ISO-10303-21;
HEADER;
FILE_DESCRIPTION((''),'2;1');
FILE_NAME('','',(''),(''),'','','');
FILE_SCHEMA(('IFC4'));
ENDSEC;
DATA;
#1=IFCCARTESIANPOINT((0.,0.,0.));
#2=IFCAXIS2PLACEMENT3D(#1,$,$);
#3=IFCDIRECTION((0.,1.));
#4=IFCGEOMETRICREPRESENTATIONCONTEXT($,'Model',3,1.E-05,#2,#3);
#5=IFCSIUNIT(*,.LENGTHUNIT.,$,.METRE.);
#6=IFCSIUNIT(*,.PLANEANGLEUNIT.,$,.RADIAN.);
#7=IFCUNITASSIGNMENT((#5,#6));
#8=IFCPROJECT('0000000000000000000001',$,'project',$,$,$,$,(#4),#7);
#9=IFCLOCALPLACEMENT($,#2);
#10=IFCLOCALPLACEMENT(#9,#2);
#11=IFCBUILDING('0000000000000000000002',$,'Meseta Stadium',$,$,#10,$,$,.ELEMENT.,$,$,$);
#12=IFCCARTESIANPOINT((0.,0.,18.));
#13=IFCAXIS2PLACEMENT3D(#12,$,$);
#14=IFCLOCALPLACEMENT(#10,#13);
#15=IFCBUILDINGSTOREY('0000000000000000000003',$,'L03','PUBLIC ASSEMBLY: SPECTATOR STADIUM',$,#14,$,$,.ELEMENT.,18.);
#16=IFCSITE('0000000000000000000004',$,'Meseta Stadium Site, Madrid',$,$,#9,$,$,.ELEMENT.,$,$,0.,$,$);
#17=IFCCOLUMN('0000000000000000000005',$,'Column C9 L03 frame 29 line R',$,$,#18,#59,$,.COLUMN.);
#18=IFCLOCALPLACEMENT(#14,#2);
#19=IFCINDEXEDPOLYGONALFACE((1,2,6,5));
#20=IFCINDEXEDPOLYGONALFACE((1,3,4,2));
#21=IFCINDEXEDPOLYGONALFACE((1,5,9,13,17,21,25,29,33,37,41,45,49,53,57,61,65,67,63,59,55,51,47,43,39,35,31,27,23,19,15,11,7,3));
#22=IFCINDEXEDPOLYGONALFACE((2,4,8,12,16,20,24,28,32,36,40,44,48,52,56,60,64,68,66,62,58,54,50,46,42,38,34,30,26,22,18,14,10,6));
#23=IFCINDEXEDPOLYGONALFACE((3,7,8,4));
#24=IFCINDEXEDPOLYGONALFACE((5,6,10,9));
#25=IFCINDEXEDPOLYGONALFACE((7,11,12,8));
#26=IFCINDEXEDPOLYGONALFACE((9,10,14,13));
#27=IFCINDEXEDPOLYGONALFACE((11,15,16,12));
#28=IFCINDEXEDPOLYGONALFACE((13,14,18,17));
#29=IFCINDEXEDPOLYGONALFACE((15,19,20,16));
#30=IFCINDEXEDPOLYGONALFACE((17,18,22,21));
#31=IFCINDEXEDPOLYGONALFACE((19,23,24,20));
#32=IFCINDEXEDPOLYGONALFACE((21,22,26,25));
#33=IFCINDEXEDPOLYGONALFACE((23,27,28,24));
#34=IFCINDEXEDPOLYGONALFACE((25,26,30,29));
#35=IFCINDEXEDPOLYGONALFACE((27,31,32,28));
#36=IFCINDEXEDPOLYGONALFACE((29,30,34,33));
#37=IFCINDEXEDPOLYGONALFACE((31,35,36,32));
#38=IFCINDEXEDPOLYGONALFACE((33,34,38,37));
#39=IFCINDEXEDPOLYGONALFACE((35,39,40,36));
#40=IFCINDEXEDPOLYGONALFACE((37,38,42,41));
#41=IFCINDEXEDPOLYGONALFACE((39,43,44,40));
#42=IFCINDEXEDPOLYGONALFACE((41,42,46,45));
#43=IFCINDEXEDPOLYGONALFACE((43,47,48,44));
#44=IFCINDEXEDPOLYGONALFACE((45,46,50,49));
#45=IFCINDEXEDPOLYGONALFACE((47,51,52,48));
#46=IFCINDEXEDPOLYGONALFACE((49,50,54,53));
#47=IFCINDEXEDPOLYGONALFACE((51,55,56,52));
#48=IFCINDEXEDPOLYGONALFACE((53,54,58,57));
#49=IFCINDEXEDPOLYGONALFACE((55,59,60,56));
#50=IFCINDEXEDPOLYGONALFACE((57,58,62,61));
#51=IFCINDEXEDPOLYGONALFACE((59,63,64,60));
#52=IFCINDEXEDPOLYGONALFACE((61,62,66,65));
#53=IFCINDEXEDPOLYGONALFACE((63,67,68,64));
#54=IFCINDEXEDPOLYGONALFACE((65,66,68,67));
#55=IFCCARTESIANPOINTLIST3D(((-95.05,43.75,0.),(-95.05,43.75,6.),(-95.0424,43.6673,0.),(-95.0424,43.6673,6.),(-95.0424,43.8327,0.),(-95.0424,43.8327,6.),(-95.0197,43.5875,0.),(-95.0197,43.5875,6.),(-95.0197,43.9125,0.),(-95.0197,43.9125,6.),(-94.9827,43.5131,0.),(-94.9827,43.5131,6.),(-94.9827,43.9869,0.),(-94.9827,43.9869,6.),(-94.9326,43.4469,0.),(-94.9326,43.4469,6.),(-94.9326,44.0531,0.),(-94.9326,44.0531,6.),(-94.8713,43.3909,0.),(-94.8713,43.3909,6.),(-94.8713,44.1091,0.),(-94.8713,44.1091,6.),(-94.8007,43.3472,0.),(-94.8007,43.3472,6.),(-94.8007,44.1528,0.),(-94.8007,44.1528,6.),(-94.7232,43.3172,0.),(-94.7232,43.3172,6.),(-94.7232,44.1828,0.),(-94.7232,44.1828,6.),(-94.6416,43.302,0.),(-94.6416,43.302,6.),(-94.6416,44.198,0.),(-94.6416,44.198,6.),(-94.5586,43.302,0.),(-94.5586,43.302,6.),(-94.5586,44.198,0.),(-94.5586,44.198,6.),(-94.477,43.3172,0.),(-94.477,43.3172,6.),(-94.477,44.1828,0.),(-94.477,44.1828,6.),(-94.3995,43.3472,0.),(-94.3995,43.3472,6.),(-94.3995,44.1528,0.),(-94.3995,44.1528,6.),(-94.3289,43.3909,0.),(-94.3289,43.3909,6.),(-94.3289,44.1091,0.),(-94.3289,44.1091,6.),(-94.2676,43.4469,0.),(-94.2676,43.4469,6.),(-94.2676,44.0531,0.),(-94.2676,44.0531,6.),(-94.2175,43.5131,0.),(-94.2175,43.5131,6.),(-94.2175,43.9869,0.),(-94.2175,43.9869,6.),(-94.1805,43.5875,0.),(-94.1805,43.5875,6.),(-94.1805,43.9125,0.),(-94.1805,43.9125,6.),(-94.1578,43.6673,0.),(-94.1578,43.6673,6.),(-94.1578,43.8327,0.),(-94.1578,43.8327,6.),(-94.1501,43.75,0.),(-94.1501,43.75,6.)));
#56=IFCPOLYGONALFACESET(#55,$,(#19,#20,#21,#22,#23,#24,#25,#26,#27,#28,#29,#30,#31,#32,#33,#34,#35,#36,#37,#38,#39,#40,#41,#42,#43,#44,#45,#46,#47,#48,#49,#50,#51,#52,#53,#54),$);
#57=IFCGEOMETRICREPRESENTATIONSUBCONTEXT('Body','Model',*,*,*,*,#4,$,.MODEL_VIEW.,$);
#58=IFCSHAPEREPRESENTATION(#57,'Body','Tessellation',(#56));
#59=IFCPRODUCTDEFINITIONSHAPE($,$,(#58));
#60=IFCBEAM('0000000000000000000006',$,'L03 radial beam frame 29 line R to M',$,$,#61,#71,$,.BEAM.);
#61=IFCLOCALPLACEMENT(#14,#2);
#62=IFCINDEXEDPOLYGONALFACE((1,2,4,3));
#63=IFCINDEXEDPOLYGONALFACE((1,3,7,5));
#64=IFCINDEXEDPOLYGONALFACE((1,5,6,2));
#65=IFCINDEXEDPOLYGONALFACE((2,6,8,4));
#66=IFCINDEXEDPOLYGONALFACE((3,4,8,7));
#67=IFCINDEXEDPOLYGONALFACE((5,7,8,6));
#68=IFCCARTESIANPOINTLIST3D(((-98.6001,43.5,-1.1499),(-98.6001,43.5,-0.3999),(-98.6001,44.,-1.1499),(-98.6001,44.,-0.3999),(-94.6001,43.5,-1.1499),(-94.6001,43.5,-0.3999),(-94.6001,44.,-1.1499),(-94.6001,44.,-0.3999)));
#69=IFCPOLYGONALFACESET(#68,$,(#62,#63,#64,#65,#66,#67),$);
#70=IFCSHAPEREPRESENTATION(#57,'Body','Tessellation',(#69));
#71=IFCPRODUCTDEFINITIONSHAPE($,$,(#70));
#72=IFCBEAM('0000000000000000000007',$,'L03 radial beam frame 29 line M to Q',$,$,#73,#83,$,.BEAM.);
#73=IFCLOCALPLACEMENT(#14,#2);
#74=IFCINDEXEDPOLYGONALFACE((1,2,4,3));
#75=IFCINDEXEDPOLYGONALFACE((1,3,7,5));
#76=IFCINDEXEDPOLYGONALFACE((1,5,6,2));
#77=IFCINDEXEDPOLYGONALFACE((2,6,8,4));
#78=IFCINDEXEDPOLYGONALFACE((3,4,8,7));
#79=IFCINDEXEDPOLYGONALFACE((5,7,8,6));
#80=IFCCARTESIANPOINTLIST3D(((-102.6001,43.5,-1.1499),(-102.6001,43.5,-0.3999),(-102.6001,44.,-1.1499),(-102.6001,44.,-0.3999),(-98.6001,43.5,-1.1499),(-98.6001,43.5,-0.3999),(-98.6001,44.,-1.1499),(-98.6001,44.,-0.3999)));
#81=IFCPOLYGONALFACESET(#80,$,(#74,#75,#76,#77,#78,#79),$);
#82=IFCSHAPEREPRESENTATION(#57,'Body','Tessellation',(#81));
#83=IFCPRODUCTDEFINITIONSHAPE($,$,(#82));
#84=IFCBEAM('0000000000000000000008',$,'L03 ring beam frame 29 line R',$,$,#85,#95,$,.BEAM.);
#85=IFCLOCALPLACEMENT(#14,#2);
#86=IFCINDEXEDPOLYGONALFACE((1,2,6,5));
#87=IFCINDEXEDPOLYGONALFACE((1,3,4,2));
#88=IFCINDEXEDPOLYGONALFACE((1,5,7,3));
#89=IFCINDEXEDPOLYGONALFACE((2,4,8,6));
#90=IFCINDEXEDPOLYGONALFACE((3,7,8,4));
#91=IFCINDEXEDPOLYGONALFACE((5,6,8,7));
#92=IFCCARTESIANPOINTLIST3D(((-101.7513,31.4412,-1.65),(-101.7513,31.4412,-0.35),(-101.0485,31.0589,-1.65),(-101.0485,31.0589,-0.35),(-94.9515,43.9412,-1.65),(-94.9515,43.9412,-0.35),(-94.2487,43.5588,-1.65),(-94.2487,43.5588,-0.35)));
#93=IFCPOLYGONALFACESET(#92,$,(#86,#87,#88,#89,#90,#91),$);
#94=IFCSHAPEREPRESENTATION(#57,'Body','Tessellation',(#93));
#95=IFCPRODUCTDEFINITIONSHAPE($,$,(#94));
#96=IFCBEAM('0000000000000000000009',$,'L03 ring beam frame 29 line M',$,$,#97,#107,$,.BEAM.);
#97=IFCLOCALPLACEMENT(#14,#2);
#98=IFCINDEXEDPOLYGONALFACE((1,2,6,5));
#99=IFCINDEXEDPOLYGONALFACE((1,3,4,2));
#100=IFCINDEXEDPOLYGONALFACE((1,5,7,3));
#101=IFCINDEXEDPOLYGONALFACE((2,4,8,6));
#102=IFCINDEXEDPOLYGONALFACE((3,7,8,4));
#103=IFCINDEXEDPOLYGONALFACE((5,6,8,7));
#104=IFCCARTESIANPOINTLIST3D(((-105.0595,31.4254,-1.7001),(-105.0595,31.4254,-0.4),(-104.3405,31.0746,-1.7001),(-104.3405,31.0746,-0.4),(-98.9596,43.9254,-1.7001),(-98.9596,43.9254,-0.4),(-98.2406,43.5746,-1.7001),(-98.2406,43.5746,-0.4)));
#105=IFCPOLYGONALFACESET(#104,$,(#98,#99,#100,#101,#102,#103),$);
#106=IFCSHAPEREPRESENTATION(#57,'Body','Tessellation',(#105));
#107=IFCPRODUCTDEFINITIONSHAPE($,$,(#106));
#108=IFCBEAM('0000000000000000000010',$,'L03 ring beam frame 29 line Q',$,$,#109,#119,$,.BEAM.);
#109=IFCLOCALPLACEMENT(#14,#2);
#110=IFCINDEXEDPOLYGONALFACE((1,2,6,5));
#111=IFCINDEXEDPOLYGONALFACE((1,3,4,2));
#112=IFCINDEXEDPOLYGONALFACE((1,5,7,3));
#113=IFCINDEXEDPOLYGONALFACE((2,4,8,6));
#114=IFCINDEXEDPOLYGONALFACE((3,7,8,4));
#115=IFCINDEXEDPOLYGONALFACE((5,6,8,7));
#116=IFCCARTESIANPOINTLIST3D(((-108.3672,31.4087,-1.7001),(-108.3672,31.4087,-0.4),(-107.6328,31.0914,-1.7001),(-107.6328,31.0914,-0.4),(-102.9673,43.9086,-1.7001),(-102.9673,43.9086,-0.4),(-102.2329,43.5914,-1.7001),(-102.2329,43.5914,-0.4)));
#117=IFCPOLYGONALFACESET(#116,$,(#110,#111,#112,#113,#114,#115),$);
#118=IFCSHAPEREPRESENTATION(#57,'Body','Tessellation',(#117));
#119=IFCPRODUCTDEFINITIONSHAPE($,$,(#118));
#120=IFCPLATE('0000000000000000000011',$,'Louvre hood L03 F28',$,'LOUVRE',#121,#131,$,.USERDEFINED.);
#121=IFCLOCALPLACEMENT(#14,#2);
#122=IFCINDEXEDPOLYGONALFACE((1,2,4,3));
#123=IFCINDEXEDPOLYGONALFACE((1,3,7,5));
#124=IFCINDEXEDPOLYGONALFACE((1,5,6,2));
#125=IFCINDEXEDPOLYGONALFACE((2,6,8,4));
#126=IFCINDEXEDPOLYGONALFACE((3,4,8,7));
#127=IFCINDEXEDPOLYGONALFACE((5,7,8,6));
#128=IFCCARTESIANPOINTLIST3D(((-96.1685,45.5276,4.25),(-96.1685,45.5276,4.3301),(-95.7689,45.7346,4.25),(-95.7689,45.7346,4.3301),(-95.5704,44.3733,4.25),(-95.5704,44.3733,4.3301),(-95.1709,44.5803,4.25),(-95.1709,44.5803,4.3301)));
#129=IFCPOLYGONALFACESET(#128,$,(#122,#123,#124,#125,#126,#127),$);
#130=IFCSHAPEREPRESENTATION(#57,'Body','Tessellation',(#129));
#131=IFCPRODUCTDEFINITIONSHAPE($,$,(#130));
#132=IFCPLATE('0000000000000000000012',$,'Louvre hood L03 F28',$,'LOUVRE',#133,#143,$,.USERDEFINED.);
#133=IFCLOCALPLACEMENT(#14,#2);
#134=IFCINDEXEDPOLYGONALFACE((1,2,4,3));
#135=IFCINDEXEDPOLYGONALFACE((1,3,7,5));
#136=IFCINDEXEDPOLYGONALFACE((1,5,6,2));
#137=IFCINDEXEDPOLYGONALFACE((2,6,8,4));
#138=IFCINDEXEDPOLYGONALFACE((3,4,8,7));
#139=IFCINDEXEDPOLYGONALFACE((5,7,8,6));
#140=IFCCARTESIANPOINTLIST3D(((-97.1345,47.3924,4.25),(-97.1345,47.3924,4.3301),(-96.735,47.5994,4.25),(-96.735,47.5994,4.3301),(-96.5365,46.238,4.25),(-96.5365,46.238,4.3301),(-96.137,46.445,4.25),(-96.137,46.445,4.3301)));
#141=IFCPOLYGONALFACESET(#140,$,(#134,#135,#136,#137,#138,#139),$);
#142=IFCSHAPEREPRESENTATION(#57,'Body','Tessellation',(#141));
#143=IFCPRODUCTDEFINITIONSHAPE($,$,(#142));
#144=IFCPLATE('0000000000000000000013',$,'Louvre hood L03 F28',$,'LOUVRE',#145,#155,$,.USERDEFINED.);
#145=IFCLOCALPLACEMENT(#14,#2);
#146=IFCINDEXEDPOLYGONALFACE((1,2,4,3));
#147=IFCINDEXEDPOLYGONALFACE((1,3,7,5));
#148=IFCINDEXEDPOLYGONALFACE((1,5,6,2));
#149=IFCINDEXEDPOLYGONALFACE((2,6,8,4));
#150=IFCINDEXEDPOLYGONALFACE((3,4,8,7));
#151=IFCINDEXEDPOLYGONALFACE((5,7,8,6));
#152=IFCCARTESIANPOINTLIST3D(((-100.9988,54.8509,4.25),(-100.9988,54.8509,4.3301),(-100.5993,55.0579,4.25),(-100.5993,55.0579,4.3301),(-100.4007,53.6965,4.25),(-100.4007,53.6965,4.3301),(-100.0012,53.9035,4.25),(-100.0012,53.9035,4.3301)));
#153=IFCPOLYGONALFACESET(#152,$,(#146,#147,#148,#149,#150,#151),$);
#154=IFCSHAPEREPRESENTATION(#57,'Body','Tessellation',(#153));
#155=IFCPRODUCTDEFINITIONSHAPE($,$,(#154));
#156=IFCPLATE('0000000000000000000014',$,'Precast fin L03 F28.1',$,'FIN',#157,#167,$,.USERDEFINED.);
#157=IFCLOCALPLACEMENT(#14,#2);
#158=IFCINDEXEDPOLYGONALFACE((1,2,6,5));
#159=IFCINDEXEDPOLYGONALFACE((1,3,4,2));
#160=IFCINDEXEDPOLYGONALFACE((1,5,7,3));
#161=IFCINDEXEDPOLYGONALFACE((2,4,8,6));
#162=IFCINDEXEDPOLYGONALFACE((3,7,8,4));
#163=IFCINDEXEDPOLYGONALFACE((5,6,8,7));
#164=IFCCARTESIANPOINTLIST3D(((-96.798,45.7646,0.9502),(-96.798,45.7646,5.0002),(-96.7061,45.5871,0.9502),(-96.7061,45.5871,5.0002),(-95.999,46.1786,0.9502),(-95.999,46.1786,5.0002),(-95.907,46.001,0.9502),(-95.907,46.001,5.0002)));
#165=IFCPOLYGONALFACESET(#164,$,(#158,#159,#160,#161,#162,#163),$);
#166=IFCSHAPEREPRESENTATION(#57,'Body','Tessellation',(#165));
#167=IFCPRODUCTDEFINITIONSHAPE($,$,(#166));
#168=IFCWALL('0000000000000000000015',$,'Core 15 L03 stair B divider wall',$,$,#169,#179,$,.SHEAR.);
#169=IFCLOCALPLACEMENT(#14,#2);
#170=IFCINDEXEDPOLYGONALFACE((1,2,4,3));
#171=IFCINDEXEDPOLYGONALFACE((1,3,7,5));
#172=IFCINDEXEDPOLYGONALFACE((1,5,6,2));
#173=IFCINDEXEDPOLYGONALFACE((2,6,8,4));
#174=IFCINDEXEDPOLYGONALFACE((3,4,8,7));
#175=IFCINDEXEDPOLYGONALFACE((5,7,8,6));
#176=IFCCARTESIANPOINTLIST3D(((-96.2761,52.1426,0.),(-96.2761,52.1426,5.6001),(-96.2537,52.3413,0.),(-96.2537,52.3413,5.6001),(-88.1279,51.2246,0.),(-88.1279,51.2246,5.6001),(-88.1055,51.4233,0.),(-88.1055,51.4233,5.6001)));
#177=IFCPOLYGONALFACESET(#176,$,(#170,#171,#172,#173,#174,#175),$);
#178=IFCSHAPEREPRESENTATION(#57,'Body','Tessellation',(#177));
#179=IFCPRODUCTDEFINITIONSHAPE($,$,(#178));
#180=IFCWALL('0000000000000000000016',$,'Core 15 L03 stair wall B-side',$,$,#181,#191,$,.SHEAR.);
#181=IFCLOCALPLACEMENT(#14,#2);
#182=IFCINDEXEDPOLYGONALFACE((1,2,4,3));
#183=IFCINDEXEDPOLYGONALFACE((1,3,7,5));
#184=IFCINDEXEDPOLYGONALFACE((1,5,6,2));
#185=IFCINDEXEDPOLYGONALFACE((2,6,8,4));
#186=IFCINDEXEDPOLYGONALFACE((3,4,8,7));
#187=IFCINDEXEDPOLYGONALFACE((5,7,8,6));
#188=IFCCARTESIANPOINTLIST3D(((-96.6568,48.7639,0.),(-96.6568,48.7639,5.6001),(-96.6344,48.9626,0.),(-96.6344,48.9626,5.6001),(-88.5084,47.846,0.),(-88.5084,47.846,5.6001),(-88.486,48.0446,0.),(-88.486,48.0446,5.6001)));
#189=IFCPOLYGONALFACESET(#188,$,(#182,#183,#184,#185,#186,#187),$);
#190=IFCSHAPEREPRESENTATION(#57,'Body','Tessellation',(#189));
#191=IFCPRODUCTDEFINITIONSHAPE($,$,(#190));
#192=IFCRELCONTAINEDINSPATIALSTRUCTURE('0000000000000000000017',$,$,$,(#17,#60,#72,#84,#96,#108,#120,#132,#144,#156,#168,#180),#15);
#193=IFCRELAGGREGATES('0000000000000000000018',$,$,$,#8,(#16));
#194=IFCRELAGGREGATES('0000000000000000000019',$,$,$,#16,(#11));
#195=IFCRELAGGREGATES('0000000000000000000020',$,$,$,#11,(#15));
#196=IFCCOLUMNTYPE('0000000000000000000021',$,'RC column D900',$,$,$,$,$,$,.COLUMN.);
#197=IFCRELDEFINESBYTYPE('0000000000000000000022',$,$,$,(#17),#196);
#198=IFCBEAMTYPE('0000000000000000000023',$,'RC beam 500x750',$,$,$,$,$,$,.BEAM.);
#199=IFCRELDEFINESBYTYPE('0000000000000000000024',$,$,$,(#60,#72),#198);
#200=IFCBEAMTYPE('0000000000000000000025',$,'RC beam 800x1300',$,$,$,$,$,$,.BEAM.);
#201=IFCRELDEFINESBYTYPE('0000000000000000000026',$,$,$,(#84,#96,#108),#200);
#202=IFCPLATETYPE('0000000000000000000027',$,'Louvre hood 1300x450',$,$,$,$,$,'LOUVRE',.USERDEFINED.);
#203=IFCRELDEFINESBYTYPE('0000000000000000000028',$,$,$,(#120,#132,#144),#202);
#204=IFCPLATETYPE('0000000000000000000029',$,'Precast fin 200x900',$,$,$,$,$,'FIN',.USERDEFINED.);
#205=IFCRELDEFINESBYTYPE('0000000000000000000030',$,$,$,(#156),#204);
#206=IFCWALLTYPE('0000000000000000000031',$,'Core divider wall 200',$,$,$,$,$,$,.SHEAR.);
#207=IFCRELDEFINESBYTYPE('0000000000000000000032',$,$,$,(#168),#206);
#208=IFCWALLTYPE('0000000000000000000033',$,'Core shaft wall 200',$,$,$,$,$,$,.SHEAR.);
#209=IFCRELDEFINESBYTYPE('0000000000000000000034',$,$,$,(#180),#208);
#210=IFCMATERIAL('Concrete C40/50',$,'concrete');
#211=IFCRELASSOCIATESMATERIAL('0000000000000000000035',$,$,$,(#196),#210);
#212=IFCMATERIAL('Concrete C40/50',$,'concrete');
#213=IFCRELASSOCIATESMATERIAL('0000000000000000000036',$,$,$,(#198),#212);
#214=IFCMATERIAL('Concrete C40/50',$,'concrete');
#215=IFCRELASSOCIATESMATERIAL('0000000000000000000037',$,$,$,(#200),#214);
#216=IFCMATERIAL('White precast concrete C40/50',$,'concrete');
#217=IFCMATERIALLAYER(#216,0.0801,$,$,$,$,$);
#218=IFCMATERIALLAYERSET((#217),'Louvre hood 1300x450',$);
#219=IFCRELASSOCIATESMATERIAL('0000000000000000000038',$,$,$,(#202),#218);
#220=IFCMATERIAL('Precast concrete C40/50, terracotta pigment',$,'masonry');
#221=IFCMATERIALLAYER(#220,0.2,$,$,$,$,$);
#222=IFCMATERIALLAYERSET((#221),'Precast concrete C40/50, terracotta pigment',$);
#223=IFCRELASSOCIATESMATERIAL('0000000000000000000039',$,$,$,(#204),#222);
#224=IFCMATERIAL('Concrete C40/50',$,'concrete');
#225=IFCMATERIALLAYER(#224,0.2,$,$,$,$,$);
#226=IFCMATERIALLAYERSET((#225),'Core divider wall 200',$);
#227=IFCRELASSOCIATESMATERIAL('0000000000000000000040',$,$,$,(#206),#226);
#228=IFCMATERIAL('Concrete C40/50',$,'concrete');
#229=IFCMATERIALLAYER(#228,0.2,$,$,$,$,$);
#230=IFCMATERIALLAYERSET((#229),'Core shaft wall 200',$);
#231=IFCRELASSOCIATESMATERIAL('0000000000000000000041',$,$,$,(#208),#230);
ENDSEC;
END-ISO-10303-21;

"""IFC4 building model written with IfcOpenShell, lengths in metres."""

from ifc_helpers import new_model, si_unit, direction, frame, frame_2d, origin, origin_2d, place, context, subcontext, project, spatial, rectangle, circle, extrude, material, layer, layer_set, material_profile, profile_set, type_object, element, save


model = new_model("IFC4")

# Units and contexts
model_context = context("Model", 3, precision=1e-05, world=origin(), true_north=direction((0.0, 1.0)))
body_context = subcontext(model_context, "Body", "Model", "MODEL_VIEW")
ifc_project = project(units=[si_unit("LENGTHUNIT", "METRE"), si_unit("PLANEANGLEUNIT", "RADIAN")], contexts=[model_context])

# Site, building, storey
site_placement = place(None, origin())
site = spatial("IfcSite", under=ifc_project, at=site_placement, Name="Meseta Stadium Site, Madrid", CompositionType="ELEMENT", RefElevation=0.0)
building_placement = place(site_placement, origin())
building = spatial("IfcBuilding", under=site, at=building_placement, Name="Meseta Stadium", CompositionType="ELEMENT")
storey_placement = place(building_placement, frame((0.0, 0.0, 18.0)))
storey = spatial("IfcBuildingStorey", under=building, at=storey_placement, Name="L03", Description="PUBLIC ASSEMBLY: SPECTATOR STADIUM", CompositionType="ELEMENT", Elevation=18.0)

# Column
ifc_material_1 = material(Name="Concrete C40/50", Category="concrete")
ifc_material_profile_1 = material_profile(ifc_material_1, circle(Radius=0.45, at=origin_2d()), Name="RC D900")
ifc_profile_set_1 = profile_set([ifc_material_profile_1], Name="Concrete C40/50")
column_type = type_object("IfcColumnType", Name="RC column D900", PredefinedType="COLUMN", material=ifc_profile_set_1)
column_placement = place(storey_placement, frame((-94.6001, 43.75, 0.0), z_axis=(0.0, 0.0, 1.0), x_axis=(1.0, 0.0, 0.0)))
element("IfcColumn", 1, at=column_placement, inside=storey, type_object=column_type, Name="Column C9 L03 frame 29 line R", PredefinedType="COLUMN", context=body_context, shape_type="SweptSolid", body=[
    extrude(circle(Radius=0.45, at=origin_2d()), origin(), (0.0, 0.0, 1.0), 6.0),
])

# Beams
ifc_material_2 = material(Name="Concrete C40/50", Category="concrete")
ifc_material_profile_2 = material_profile(ifc_material_2, rectangle(XDim=0.5, YDim=0.75, at=origin_2d()), Name="RC 500x750")
ifc_profile_set_2 = profile_set([ifc_material_profile_2], Name="Concrete C40/50")
beam_type_1 = type_object("IfcBeamType", Name="RC beam 500x750", PredefinedType="BEAM", material=ifc_profile_set_2)
for number, where, z_axis, x_axis, name in (
    (2, (-94.6001, 43.75, -0.7749), (-1.0, 0.0, 0.0), (0.0, -1.0, 0.0), "L03 radial beam frame 29 line R to M"),
    (3, (-98.6001, 43.75, -0.7749), (-1.0, 0.0, 0.0), (0.0, -1.0, 0.0), "L03 radial beam frame 29 line M to Q"),
):
    element("IfcBeam", number, at=place(storey_placement, frame(where, z_axis=z_axis, x_axis=x_axis)), inside=storey, type_object=beam_type_1, Name=name, PredefinedType="BEAM", context=body_context, shape_type="SweptSolid", body=[
        extrude(rectangle(XDim=0.5, YDim=0.75, at=origin_2d()), origin(), (0.0, 0.0, 1.0), 4.0),
    ])
ifc_material_3 = material(Name="Concrete C40/50", Category="concrete")
ifc_material_profile_3 = material_profile(ifc_material_3, rectangle(XDim=0.8, YDim=1.3, at=origin_2d()), Name="RC 800x1300")
ifc_profile_set_3 = profile_set([ifc_material_profile_3], Name="Concrete C40/50")
beam_type_2 = type_object("IfcBeamType", Name="RC beam 800x1300", PredefinedType="BEAM", material=ifc_profile_set_3)
beam_1_placement = place(storey_placement, frame((-94.6001, 43.75, -1.0), z_axis=(-0.477856, -0.878438, 0.0), x_axis=(0.878438, -0.477856, 0.0)))
element("IfcBeam", 4, at=beam_1_placement, inside=storey, type_object=beam_type_2, Name="L03 ring beam frame 29 line R", PredefinedType="BEAM", context=body_context, shape_type="SweptSolid", body=[
    extrude(rectangle(XDim=0.8, YDim=1.3, at=origin_2d()), origin(), (0.0, 0.0, 1.0), 14.2297),
])
beam_2_placement = place(storey_placement, frame((-98.6001, 43.75, -1.05), z_axis=(-0.438557, -0.898703, 0.0), x_axis=(0.898703, -0.438557, 0.0)))
element("IfcBeam", 5, at=beam_2_placement, inside=storey, type_object=beam_type_2, Name="L03 ring beam frame 29 line M", PredefinedType="BEAM", context=body_context, shape_type="SweptSolid", body=[
    extrude(rectangle(XDim=0.8, YDim=1.3, at=origin_2d()), origin(), (0.0, 0.0, 1.0), 13.9089),
])
beam_3_placement = place(storey_placement, frame((-102.6001, 43.75, -1.05), z_axis=(-0.396571, -0.918004, 0.0), x_axis=(0.918004, -0.396571, 0.0)))
element("IfcBeam", 6, at=beam_3_placement, inside=storey, type_object=beam_type_2, Name="L03 ring beam frame 29 line Q", PredefinedType="BEAM", context=body_context, shape_type="SweptSolid", body=[
    extrude(rectangle(XDim=0.8, YDim=1.3, at=origin_2d()), origin(), (0.0, 0.0, 1.0), 13.6165),
])

# Plates
ifc_material_4 = material(Name="White precast concrete C40/50", Category="concrete")
ifc_layer_1 = layer(ifc_material_4, 0.0801)
ifc_layer_set_1 = layer_set([ifc_layer_1], Name="Louvre hood 1300x450")
plate_type_1 = type_object("IfcPlateType", Name="Louvre hood 1300x450", ElementType="LOUVRE", PredefinedType="USERDEFINED", material=ifc_layer_set_1)
for number, where, z_axis, x_axis, name in (
    (7, (-95.6697, 45.054, 4.25), (0.0, 0.0, 1.0), (0.460016, -0.887911, 0.0), "Louvre hood L03 F28"),
    (8, (-96.6357, 46.9187, 4.25), (0.0, 0.0, 1.0), (0.460016, -0.887911, 0.0), "Louvre hood L03 F28"),
    (9, (-100.5, 54.3772, 4.25), (0.0, 0.0, 1.0), (0.460016, -0.887911, 0.0), "Louvre hood L03 F28"),
):
    element("IfcPlate", number, at=place(storey_placement, frame(where, z_axis=z_axis, x_axis=x_axis)), inside=storey, type_object=plate_type_1, Name=name, ObjectType="LOUVRE", PredefinedType="USERDEFINED", context=body_context, shape_type="SweptSolid", body=[
        extrude(rectangle(XDim=1.3, YDim=0.45, at=origin_2d()), origin(), (0.0, 0.0, 1.0), 0.0801),
    ])
ifc_material_5 = material(Name="Precast concrete C40/50, terracotta pigment", Category="masonry")
ifc_layer_2 = layer(ifc_material_5, 0.2)
ifc_layer_set_2 = layer_set([ifc_layer_2], Name="Precast concrete C40/50, terracotta pigment")
plate_type_2 = type_object("IfcPlateType", Name="Precast fin 200x900", ElementType="FIN", PredefinedType="USERDEFINED", material=ifc_layer_set_2)
plate_placement = place(storey_placement, frame((-96.3525, 45.8828, 0.9502), z_axis=(0.0, 0.0, 1.0), x_axis=(-0.460015, 0.887911, 0.0)))
element("IfcPlate", 10, at=plate_placement, inside=storey, type_object=plate_type_2, Name="Precast fin L03 F28.1", ObjectType="FIN", PredefinedType="USERDEFINED", context=body_context, shape_type="SweptSolid", body=[
    extrude(rectangle(XDim=0.2, YDim=0.8999, at=origin_2d()), origin(), (0.0, 0.0, 1.0), 4.05),
])

# Walls
ifc_material_6 = material(Name="Concrete C40/50", Category="concrete")
ifc_layer_3 = layer(ifc_material_6, 0.2)
ifc_layer_set_3 = layer_set([ifc_layer_3], Name="Core divider wall 200")
wall_type_1 = type_object("IfcWallType", Name="Core divider wall 200", PredefinedType="SHEAR", material=ifc_layer_set_3)
wall_1_placement = place(storey_placement, frame((-96.2649, 52.2419, 0.0), z_axis=(0.0, 0.0, 1.0), x_axis=(0.993714, -0.111951, 0.0)))
element("IfcWall", 11, at=wall_1_placement, inside=storey, type_object=wall_type_1, Name="Core 15 L03 stair B divider wall", PredefinedType="SHEAR", context=body_context, shape_type="SweptSolid", body=[
    extrude(rectangle(XDim=8.1997, YDim=0.2, at=frame_2d((4.0999, 0.0))), origin(), (0.0, 0.0, 1.0), 5.6001),
])
ifc_material_7 = material(Name="Concrete C40/50", Category="concrete")
ifc_layer_4 = layer(ifc_material_7, 0.2)
ifc_layer_set_4 = layer_set([ifc_layer_4], Name="Core shaft wall 200")
wall_type_2 = type_object("IfcWallType", Name="Core shaft wall 200", PredefinedType="SHEAR", material=ifc_layer_set_4)
wall_2_placement = place(storey_placement, frame((-96.6458, 48.8633, 0.0), z_axis=(0.0, 0.0, 1.0), x_axis=(0.993714, -0.111948, 0.0)))
element("IfcWall", 12, at=wall_2_placement, inside=storey, type_object=wall_type_2, Name="Core 15 L03 stair wall B-side", PredefinedType="SHEAR", context=body_context, shape_type="SweptSolid", body=[
    extrude(rectangle(XDim=8.2, YDim=0.2, at=frame_2d((4.1001, 0.0))), origin(), (0.0, 0.0, 1.0), 5.6001),
])

save(model, "model.ifc")
